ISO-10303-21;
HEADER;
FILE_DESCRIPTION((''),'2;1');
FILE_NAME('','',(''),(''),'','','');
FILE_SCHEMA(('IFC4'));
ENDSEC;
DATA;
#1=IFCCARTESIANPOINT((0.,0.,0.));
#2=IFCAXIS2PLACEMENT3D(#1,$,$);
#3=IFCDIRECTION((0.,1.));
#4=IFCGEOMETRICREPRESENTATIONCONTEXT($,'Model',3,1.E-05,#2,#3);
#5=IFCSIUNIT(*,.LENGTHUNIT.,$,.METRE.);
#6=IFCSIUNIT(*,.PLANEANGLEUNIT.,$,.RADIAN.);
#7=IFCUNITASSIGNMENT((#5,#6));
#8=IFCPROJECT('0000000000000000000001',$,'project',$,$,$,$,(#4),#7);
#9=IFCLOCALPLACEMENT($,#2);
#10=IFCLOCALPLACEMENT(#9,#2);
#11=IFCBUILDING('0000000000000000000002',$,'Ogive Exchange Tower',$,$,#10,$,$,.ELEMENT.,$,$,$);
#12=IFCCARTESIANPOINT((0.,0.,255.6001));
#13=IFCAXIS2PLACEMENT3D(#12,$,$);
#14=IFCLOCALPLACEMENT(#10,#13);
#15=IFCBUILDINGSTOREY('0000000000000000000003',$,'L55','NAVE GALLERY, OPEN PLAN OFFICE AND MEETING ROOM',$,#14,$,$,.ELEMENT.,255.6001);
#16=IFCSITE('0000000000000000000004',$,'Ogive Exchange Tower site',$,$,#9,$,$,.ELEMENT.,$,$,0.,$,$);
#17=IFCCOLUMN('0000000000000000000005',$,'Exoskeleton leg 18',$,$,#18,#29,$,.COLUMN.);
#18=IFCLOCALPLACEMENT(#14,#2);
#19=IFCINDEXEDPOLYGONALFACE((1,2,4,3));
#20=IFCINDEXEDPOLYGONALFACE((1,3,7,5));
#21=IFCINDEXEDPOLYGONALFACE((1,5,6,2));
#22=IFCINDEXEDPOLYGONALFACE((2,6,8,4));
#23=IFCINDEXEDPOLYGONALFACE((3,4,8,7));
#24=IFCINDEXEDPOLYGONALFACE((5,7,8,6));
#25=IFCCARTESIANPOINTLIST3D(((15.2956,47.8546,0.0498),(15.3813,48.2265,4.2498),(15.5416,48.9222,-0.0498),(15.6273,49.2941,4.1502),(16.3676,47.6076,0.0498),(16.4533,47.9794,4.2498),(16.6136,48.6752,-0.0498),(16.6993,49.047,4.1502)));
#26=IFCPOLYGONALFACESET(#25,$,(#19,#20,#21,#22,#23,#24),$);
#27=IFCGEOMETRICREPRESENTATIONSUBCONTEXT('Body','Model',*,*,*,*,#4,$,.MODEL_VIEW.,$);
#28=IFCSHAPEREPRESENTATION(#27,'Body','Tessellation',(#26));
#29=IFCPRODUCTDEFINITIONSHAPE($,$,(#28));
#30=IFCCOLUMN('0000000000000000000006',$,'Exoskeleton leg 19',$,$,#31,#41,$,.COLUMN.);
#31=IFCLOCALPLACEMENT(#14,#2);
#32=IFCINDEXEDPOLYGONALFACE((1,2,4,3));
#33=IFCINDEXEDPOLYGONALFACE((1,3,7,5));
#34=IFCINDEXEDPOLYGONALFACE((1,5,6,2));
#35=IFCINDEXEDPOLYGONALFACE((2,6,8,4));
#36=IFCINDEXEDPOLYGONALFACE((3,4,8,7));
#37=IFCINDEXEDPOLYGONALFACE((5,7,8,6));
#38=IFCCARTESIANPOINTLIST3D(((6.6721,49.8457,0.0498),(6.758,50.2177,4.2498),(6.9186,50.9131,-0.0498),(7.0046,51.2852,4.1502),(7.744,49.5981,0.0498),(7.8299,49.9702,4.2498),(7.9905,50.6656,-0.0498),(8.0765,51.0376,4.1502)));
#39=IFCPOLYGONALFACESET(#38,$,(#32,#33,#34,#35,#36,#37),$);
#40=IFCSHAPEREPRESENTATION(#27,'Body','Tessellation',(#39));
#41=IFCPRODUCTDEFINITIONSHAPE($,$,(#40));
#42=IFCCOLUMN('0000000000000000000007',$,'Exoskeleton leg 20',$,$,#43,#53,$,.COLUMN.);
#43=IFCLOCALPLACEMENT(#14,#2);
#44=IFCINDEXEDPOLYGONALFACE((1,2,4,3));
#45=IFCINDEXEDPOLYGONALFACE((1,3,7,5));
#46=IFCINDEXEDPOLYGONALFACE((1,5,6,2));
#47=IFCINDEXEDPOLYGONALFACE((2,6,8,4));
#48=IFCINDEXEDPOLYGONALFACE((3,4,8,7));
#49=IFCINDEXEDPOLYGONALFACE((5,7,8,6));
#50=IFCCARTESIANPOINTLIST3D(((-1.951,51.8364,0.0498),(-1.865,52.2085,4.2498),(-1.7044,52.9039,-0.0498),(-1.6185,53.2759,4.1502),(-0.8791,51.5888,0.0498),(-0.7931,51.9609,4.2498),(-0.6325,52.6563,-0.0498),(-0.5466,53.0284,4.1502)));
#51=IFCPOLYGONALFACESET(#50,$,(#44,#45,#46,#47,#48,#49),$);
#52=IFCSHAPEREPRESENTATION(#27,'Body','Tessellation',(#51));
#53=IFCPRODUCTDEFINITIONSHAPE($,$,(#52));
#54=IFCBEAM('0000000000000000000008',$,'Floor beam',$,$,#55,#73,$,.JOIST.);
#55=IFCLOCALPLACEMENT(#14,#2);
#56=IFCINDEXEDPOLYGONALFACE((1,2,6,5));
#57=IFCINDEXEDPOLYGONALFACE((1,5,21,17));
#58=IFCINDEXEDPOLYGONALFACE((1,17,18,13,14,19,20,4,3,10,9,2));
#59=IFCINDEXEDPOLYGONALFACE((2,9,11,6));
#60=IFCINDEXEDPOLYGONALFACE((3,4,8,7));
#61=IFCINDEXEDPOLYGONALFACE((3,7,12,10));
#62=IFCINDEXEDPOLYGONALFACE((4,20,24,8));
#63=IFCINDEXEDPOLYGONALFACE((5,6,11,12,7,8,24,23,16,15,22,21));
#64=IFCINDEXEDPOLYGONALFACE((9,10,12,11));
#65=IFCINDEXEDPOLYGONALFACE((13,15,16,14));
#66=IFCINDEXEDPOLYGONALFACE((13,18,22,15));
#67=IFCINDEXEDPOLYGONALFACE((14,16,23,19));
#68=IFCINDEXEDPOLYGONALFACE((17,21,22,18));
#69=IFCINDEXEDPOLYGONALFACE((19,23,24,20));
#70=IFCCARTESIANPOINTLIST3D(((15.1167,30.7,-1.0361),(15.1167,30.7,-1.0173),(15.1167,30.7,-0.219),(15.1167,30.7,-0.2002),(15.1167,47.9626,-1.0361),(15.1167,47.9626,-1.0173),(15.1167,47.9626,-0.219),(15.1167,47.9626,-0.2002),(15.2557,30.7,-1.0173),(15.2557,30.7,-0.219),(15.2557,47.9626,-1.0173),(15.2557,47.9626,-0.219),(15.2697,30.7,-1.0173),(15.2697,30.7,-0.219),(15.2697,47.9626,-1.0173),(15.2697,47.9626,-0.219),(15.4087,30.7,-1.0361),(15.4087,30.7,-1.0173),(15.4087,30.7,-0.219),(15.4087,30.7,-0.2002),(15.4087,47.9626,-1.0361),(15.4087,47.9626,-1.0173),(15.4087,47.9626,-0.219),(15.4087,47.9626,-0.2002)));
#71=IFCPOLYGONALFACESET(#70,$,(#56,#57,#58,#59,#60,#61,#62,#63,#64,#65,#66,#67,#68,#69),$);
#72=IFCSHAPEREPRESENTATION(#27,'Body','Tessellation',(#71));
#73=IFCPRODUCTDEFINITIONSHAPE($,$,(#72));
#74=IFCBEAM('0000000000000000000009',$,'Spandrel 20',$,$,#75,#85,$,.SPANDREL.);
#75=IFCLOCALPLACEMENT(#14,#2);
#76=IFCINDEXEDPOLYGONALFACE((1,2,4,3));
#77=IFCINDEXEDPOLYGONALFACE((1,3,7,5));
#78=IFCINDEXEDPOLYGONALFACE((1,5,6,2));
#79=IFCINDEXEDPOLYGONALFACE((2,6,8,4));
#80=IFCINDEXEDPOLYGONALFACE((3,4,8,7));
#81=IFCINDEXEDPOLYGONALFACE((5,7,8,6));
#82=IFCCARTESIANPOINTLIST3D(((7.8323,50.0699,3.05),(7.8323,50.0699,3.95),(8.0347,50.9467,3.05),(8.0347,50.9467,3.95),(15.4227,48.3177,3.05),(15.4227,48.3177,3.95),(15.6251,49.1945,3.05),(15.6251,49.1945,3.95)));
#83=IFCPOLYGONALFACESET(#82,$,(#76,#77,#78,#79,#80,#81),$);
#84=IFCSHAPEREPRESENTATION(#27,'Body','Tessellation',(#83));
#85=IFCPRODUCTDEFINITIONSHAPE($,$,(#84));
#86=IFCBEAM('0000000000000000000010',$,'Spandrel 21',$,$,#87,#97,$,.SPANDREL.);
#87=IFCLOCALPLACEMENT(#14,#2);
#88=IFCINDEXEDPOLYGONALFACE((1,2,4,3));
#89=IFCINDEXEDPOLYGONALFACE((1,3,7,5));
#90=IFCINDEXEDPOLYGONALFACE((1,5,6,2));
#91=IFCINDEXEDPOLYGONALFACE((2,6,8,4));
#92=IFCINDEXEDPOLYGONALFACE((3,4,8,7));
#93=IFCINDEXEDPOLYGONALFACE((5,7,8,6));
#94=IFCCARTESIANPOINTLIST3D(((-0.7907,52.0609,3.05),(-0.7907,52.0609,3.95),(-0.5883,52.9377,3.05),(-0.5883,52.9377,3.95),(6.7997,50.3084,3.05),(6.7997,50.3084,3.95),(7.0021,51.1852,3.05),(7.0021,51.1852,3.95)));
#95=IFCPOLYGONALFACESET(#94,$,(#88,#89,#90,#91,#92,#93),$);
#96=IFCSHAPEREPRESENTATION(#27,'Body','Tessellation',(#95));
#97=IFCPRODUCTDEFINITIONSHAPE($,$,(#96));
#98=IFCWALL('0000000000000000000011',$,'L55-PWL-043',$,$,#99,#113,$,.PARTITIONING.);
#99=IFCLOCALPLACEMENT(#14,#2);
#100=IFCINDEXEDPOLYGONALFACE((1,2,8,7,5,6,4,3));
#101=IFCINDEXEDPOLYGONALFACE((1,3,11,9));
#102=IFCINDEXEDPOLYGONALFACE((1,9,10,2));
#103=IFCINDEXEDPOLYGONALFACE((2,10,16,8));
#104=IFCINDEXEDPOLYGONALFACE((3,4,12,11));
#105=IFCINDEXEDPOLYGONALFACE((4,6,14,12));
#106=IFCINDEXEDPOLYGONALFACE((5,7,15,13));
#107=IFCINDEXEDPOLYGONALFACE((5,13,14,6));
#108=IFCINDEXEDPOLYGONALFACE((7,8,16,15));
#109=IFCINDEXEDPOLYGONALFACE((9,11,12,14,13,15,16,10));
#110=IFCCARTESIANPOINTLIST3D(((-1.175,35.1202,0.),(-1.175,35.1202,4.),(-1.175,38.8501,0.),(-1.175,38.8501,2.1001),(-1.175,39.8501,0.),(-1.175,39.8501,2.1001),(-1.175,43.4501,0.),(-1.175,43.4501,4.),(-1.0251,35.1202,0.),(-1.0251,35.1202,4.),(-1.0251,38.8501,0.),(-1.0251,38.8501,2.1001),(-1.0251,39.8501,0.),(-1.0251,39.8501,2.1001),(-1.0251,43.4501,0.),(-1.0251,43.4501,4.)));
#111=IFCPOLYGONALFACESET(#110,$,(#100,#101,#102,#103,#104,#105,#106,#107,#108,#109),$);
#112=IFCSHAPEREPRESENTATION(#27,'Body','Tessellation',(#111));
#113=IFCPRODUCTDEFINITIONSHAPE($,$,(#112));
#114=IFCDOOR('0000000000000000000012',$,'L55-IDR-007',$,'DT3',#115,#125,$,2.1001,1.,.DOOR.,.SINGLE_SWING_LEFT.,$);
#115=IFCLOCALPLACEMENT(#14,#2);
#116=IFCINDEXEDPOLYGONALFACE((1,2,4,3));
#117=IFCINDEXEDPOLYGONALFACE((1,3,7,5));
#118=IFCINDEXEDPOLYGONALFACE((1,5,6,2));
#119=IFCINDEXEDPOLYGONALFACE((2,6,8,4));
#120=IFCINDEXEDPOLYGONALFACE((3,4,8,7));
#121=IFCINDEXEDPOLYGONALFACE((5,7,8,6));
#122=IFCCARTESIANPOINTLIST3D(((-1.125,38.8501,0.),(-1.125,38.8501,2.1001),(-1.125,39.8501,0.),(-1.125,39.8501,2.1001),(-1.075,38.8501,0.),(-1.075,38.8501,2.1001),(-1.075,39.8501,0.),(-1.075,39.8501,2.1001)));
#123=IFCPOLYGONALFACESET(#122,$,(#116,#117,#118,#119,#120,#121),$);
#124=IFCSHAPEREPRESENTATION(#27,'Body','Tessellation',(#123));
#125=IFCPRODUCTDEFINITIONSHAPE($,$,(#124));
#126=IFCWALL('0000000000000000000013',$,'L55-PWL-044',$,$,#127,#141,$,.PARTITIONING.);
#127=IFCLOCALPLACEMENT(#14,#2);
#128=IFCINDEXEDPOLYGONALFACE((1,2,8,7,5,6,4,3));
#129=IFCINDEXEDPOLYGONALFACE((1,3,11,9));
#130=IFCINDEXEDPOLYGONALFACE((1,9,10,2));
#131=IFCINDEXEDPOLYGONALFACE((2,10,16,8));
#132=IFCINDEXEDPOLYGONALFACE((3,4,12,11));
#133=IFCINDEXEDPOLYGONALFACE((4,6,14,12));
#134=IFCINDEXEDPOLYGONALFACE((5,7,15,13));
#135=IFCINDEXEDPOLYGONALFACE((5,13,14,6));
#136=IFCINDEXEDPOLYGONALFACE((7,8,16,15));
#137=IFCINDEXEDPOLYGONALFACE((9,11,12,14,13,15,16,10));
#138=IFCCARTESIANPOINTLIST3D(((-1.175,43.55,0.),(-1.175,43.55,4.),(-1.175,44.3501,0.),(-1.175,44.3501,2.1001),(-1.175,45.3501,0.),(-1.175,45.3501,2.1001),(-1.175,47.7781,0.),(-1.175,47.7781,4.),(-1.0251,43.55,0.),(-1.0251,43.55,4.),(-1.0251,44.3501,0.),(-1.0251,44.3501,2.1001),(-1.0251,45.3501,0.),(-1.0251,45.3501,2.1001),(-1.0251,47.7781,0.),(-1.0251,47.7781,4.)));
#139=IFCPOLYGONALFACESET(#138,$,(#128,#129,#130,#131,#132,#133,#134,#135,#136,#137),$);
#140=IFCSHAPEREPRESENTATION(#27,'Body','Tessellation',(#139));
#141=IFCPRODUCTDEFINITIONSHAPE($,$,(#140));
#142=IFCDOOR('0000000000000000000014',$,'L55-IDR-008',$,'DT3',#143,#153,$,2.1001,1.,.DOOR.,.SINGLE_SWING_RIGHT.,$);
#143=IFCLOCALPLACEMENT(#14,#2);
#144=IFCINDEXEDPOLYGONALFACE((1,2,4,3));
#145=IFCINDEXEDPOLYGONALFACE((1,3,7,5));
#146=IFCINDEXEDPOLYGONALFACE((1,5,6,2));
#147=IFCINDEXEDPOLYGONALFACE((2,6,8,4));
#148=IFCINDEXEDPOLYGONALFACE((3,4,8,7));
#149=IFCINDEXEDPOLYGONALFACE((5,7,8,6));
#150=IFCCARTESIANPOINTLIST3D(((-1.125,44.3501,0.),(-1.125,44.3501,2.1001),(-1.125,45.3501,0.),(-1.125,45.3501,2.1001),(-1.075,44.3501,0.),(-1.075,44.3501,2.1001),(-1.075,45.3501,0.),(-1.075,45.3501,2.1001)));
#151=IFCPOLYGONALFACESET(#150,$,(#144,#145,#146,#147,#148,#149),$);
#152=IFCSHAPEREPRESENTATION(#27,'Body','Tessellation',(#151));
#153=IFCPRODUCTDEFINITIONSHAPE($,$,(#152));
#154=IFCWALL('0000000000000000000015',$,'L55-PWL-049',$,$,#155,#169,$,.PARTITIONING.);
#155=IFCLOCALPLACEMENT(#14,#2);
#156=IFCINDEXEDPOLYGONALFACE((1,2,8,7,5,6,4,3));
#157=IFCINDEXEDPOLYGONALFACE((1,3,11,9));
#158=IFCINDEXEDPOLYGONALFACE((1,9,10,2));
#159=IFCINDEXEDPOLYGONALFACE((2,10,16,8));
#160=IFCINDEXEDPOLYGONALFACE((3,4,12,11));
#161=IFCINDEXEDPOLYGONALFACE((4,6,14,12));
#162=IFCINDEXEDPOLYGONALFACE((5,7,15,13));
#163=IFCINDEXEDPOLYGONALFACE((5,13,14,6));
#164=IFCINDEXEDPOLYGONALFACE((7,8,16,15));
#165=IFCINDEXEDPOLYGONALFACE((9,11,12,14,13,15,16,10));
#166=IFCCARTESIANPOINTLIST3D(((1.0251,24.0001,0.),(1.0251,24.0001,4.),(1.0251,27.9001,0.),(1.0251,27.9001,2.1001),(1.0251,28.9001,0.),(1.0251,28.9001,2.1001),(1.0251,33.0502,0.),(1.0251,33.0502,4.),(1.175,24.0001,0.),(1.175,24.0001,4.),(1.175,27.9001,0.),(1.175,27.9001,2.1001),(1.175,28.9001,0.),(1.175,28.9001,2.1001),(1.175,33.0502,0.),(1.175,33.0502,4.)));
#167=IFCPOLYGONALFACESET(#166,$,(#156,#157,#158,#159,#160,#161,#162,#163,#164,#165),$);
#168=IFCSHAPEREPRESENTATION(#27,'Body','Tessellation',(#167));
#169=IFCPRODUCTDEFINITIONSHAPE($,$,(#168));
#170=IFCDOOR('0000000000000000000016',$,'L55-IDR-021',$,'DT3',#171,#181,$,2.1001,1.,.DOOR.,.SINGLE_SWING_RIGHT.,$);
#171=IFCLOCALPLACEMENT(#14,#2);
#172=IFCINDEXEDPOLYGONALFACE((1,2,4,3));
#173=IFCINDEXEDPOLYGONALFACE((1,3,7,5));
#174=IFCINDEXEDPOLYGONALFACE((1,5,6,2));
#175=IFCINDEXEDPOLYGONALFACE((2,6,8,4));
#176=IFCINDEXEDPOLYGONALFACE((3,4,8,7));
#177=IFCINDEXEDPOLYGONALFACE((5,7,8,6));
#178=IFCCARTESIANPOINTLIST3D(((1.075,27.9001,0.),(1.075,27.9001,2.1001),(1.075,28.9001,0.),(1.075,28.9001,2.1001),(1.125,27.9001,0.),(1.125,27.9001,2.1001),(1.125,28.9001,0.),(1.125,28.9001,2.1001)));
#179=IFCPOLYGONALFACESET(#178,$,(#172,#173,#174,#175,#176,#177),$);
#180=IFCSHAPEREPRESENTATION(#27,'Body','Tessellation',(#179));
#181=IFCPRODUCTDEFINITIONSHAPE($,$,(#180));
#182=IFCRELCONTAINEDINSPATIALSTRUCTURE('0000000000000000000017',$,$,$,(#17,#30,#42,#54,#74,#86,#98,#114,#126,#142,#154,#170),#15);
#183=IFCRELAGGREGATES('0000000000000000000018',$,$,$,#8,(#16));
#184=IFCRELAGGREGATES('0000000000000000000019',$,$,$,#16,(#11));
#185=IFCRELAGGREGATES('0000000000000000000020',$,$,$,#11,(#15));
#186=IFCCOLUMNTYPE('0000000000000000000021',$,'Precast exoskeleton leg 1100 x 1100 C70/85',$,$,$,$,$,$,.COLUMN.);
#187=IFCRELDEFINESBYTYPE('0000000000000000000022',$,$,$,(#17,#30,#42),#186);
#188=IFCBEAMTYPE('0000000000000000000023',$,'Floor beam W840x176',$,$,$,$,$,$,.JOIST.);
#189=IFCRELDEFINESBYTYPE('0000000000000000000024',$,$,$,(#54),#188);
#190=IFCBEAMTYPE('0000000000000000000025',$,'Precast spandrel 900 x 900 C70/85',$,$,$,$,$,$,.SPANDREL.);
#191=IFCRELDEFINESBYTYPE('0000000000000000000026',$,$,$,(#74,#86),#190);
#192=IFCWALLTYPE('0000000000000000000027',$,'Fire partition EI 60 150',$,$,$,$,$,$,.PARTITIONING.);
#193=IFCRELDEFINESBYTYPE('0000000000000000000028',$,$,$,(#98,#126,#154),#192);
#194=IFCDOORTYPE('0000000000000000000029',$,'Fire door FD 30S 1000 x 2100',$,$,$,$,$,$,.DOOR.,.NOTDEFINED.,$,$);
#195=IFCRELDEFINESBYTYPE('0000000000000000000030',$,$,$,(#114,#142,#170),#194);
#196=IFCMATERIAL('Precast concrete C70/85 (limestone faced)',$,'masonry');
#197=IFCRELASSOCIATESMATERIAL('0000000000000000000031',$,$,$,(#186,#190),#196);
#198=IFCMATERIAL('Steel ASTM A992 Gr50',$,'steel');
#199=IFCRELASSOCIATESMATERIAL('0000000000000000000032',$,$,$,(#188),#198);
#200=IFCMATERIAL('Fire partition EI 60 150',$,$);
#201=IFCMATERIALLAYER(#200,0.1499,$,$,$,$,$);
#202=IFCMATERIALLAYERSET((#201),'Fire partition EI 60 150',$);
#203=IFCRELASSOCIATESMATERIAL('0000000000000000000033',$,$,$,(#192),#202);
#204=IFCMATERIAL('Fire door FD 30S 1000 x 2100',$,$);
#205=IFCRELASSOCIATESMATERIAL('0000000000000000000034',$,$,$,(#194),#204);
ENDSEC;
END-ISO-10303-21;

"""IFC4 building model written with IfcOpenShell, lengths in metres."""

from ifc_helpers import new_model, si_unit, direction, frame, frame_2d, origin, origin_2d, place, context, subcontext, project, spatial, rectangle, i_section, extrude, material, layer, layer_set, material_profile, profile_set, type_object, element, fill, save


model = new_model("IFC4")

# Units and contexts
model_context = context("Model", 3, precision=1e-05, world=origin(), true_north=direction((0.0, 1.0)))
body_context = subcontext(model_context, "Body", "Model", "MODEL_VIEW")
ifc_project = project(units=[si_unit("LENGTHUNIT", "METRE"), si_unit("PLANEANGLEUNIT", "RADIAN")], contexts=[model_context])

# Site, building, storey
site_placement = place(None, origin())
site = spatial("IfcSite", under=ifc_project, at=site_placement, Name="Ogive Exchange Tower site", CompositionType="ELEMENT", RefElevation=0.0)
building_placement = place(site_placement, origin())
building = spatial("IfcBuilding", under=site, at=building_placement, Name="Ogive Exchange Tower", CompositionType="ELEMENT")
storey_placement = place(building_placement, frame((0.0, 0.0, 255.6001)))
storey = spatial("IfcBuildingStorey", under=building, at=storey_placement, Name="L55", Description="NAVE GALLERY, OPEN PLAN OFFICE AND MEETING ROOM", CompositionType="ELEMENT", Elevation=255.6001)

# Columns
ifc_material_1 = material(Name="Precast concrete C70/85 (limestone faced)", Category="masonry")
ifc_material_profile_1 = material_profile(ifc_material_1, rectangle(XDim=1.1001, YDim=1.1001, at=origin_2d()), Name="1100 x 1100")
ifc_profile_set_1 = profile_set([ifc_material_profile_1], Name="Precast concrete C70/85 (limestone faced)")
column_type = type_object("IfcColumnType", Name="Precast exoskeleton leg 1100 x 1100 C70/85", PredefinedType="COLUMN", material=ifc_profile_set_1)
for number, where, z_axis, x_axis, name in (
    (1, (15.9546, 48.2649, 0.0), (0.02032, 0.088168, 0.995898), (-0.974456, 0.224579, 0.0), "Exoskeleton leg 18"),
    (2, (7.3313, 50.2556, 0.0), (0.020377, 0.088225, 0.995892), (-0.974348, 0.225046, 0.0), "Exoskeleton leg 19"),
    (3, (-1.2917, 52.2463, 0.0), (0.020377, 0.088225, 0.995892), (-0.974348, 0.225046, 0.0), "Exoskeleton leg 20"),
):
    element("IfcColumn", number, at=place(storey_placement, frame(where, z_axis=z_axis, x_axis=x_axis)), inside=storey, type_object=column_type, Name=name, PredefinedType="COLUMN", context=body_context, shape_type="SweptSolid", body=[
        extrude(rectangle(XDim=1.1001, YDim=1.1001, at=origin_2d()), origin(), (0.0, 0.0, 1.0), 4.2173),
    ])

# Beams
ifc_material_2 = material(Name="Steel ASTM A992 Gr50", Category="steel")
ifc_material_profile_2 = material_profile(ifc_material_2, i_section(OverallWidth=0.292, OverallDepth=0.8359, WebThickness=0.0139, FlangeThickness=0.0188, at=origin_2d()), Name="W840x176")
ifc_profile_set_2 = profile_set([ifc_material_profile_2], Name="Steel ASTM A992 Gr50")
beam_type_1 = type_object("IfcBeamType", Name="Floor beam W840x176", PredefinedType="JOIST", material=ifc_profile_set_2)
beam_placement = place(storey_placement, frame((15.2627, 30.7, -0.6182), z_axis=(0.0, 1.0, 0.0), x_axis=(-1.0, 0.0, 0.0)))
element("IfcBeam", 4, at=beam_placement, inside=storey, type_object=beam_type_1, Name="Floor beam", PredefinedType="JOIST", context=body_context, shape_type="SweptSolid", body=[
    extrude(i_section(OverallWidth=0.292, OverallDepth=0.8359, WebThickness=0.0139, FlangeThickness=0.0188, at=origin_2d()), origin(), (0.0, 0.0, 1.0), 17.2627),
])
ifc_material_profile_3 = material_profile(ifc_material_1, rectangle(XDim=0.8999, YDim=0.8999, at=origin_2d()), Name="900 x 900")
ifc_profile_set_3 = profile_set([ifc_material_profile_3], Name="Precast concrete C70/85 (limestone faced)")
beam_type_2 = type_object("IfcBeamType", Name="Precast spandrel 900 x 900 C70/85", PredefinedType="SPANDREL", material=ifc_profile_set_3)
for number, where, z_axis, x_axis, name in (
    (5, (15.5239, 48.7561, 3.5), (-0.974375, 0.22493, 0.0), (-0.22493, -0.974375, 0.0), "Spandrel 20"),
    (6, (6.9009, 50.7468, 3.5), (-0.974368, 0.22496, 0.0), (-0.22496, -0.974368, 0.0), "Spandrel 21"),
):
    element("IfcBeam", number, at=place(storey_placement, frame(where, z_axis=z_axis, x_axis=x_axis)), inside=storey, type_object=beam_type_2, Name=name, PredefinedType="SPANDREL", context=body_context, shape_type="SweptSolid", body=[
        extrude(rectangle(XDim=0.8999, YDim=0.8999, at=origin_2d()), origin(), (0.0, 0.0, 1.0), 7.79),
    ])

# Walls, openings, doors
ifc_material_3 = material(Name="Fire partition EI 60 150")
ifc_layer_1 = layer(ifc_material_3, 0.1499)
ifc_layer_set_1 = layer_set([ifc_layer_1], Name="Fire partition EI 60 150")
wall_type_1 = type_object("IfcWallType", Name="Fire partition EI 60 150", PredefinedType="PARTITIONING", material=ifc_layer_set_1)
wall_1_placement = place(storey_placement, frame((-1.1001, 35.1201, 0.0), z_axis=(0.0, 0.0, 1.0), x_axis=(0.0, 1.0, 0.0)))
wall_1 = element("IfcWall", 7, at=wall_1_placement, inside=storey, type_object=wall_type_1, Name="L55-PWL-043", PredefinedType="PARTITIONING", context=body_context, shape_type="SweptSolid", body=[
    extrude(rectangle(XDim=8.3298, YDim=0.1499, at=frame_2d((4.165, 0.0))), origin(), (0.0, 0.0, 1.0), 4.0),
])
opening_1_placement = place(wall_1_placement, frame((3.73, 0.0, 0.0)))
opening_1 = element("IfcOpeningElement", 8, at=opening_1_placement, cuts=wall_1, PredefinedType="OPENING", context=body_context, shape_type="SweptSolid", body=[
    extrude(rectangle(XDim=1.0, YDim=2.1001, at=frame_2d((0.5, 1.05))), frame((0.0, 0.085, 0.0), z_axis=(0.0, -1.0, 0.0), x_axis=(1.0, 0.0, 0.0)), (0.0, 0.0, 1.0), 0.1699),
])
ifc_material_4 = material(Name="Fire door FD 30S 1000 x 2100")
door_type = type_object("IfcDoorType", Name="Fire door FD 30S 1000 x 2100", OperationType="NOTDEFINED", PredefinedType="DOOR", material=ifc_material_4)
door_1_placement = place(opening_1_placement, origin())
door_1 = element("IfcDoor", 9, at=door_1_placement, inside=storey, type_object=door_type, Name="L55-IDR-007", ObjectType="DT3", OperationType="SINGLE_SWING_LEFT", OverallHeight=2.1001, OverallWidth=1.0, PredefinedType="DOOR", context=body_context, shape_type="SweptSolid", body=[
    extrude(rectangle(XDim=1.0, YDim=2.1001, at=frame_2d((0.5, 1.05))), frame((0.0, 0.0249, 0.0), z_axis=(0.0, -1.0, 0.0), x_axis=(1.0, 0.0, 0.0)), (0.0, 0.0, 1.0), 0.05),
])
fill(opening_1, door_1)
wall_2_placement = place(storey_placement, frame((-1.1001, 43.55, 0.0), z_axis=(0.0, 0.0, 1.0), x_axis=(0.0, 1.0, 0.0)))
wall_2 = element("IfcWall", 10, at=wall_2_placement, inside=storey, type_object=wall_type_1, Name="L55-PWL-044", PredefinedType="PARTITIONING", context=body_context, shape_type="SweptSolid", body=[
    extrude(rectangle(XDim=4.228, YDim=0.1499, at=frame_2d((2.114, 0.0))), origin(), (0.0, 0.0, 1.0), 4.0),
])
opening_2_placement = place(wall_2_placement, frame((0.8, 0.0, 0.0)))
opening_2 = element("IfcOpeningElement", 11, at=opening_2_placement, cuts=wall_2, PredefinedType="OPENING", context=body_context, shape_type="SweptSolid", body=[
    extrude(rectangle(XDim=1.0, YDim=2.1001, at=frame_2d((0.5, 1.05))), frame((0.0, 0.085, 0.0), z_axis=(0.0, -1.0, 0.0), x_axis=(1.0, 0.0, 0.0)), (0.0, 0.0, 1.0), 0.1699),
])
door_2_placement = place(opening_2_placement, origin())
door_2 = element("IfcDoor", 12, at=door_2_placement, inside=storey, type_object=door_type, Name="L55-IDR-008", ObjectType="DT3", OperationType="SINGLE_SWING_RIGHT", OverallHeight=2.1001, OverallWidth=1.0, PredefinedType="DOOR", context=body_context, shape_type="SweptSolid", body=[
    extrude(rectangle(XDim=1.0, YDim=2.1001, at=frame_2d((0.5, 1.05))), frame((0.0, 0.0249, 0.0), z_axis=(0.0, -1.0, 0.0), x_axis=(1.0, 0.0, 0.0)), (0.0, 0.0, 1.0), 0.05),
])
fill(opening_2, door_2)
wall_3_placement = place(storey_placement, frame((1.1001, 33.05, 0.0), z_axis=(0.0, 0.0, 1.0), x_axis=(0.0, -1.0, 0.0)))
wall_3 = element("IfcWall", 13, at=wall_3_placement, inside=storey, type_object=wall_type_1, Name="L55-PWL-049", PredefinedType="PARTITIONING", context=body_context, shape_type="SweptSolid", body=[
    extrude(rectangle(XDim=9.05, YDim=0.1499, at=frame_2d((4.5249, 0.0))), origin(), (0.0, 0.0, 1.0), 4.0),
])
opening_3_placement = place(wall_3_placement, frame((4.1499, 0.0, 0.0)))
opening_3 = element("IfcOpeningElement", 14, at=opening_3_placement, cuts=wall_3, PredefinedType="OPENING", context=body_context, shape_type="SweptSolid", body=[
    extrude(rectangle(XDim=1.0, YDim=2.1001, at=frame_2d((0.5, 1.05))), frame((0.0, 0.085, 0.0), z_axis=(0.0, -1.0, 0.0), x_axis=(1.0, 0.0, 0.0)), (0.0, 0.0, 1.0), 0.1699),
])
door_3_placement = place(opening_3_placement, origin())
door_3 = element("IfcDoor", 15, at=door_3_placement, inside=storey, type_object=door_type, Name="L55-IDR-021", ObjectType="DT3", OperationType="SINGLE_SWING_RIGHT", OverallHeight=2.1001, OverallWidth=1.0, PredefinedType="DOOR", context=body_context, shape_type="SweptSolid", body=[
    extrude(rectangle(XDim=1.0, YDim=2.1001, at=frame_2d((0.5, 1.05))), frame((0.0, 0.0249, 0.0), z_axis=(0.0, -1.0, 0.0), x_axis=(1.0, 0.0, 0.0)), (0.0, 0.0, 1.0), 0.05),
])
fill(opening_3, door_3)

save(model, "model.ifc")
